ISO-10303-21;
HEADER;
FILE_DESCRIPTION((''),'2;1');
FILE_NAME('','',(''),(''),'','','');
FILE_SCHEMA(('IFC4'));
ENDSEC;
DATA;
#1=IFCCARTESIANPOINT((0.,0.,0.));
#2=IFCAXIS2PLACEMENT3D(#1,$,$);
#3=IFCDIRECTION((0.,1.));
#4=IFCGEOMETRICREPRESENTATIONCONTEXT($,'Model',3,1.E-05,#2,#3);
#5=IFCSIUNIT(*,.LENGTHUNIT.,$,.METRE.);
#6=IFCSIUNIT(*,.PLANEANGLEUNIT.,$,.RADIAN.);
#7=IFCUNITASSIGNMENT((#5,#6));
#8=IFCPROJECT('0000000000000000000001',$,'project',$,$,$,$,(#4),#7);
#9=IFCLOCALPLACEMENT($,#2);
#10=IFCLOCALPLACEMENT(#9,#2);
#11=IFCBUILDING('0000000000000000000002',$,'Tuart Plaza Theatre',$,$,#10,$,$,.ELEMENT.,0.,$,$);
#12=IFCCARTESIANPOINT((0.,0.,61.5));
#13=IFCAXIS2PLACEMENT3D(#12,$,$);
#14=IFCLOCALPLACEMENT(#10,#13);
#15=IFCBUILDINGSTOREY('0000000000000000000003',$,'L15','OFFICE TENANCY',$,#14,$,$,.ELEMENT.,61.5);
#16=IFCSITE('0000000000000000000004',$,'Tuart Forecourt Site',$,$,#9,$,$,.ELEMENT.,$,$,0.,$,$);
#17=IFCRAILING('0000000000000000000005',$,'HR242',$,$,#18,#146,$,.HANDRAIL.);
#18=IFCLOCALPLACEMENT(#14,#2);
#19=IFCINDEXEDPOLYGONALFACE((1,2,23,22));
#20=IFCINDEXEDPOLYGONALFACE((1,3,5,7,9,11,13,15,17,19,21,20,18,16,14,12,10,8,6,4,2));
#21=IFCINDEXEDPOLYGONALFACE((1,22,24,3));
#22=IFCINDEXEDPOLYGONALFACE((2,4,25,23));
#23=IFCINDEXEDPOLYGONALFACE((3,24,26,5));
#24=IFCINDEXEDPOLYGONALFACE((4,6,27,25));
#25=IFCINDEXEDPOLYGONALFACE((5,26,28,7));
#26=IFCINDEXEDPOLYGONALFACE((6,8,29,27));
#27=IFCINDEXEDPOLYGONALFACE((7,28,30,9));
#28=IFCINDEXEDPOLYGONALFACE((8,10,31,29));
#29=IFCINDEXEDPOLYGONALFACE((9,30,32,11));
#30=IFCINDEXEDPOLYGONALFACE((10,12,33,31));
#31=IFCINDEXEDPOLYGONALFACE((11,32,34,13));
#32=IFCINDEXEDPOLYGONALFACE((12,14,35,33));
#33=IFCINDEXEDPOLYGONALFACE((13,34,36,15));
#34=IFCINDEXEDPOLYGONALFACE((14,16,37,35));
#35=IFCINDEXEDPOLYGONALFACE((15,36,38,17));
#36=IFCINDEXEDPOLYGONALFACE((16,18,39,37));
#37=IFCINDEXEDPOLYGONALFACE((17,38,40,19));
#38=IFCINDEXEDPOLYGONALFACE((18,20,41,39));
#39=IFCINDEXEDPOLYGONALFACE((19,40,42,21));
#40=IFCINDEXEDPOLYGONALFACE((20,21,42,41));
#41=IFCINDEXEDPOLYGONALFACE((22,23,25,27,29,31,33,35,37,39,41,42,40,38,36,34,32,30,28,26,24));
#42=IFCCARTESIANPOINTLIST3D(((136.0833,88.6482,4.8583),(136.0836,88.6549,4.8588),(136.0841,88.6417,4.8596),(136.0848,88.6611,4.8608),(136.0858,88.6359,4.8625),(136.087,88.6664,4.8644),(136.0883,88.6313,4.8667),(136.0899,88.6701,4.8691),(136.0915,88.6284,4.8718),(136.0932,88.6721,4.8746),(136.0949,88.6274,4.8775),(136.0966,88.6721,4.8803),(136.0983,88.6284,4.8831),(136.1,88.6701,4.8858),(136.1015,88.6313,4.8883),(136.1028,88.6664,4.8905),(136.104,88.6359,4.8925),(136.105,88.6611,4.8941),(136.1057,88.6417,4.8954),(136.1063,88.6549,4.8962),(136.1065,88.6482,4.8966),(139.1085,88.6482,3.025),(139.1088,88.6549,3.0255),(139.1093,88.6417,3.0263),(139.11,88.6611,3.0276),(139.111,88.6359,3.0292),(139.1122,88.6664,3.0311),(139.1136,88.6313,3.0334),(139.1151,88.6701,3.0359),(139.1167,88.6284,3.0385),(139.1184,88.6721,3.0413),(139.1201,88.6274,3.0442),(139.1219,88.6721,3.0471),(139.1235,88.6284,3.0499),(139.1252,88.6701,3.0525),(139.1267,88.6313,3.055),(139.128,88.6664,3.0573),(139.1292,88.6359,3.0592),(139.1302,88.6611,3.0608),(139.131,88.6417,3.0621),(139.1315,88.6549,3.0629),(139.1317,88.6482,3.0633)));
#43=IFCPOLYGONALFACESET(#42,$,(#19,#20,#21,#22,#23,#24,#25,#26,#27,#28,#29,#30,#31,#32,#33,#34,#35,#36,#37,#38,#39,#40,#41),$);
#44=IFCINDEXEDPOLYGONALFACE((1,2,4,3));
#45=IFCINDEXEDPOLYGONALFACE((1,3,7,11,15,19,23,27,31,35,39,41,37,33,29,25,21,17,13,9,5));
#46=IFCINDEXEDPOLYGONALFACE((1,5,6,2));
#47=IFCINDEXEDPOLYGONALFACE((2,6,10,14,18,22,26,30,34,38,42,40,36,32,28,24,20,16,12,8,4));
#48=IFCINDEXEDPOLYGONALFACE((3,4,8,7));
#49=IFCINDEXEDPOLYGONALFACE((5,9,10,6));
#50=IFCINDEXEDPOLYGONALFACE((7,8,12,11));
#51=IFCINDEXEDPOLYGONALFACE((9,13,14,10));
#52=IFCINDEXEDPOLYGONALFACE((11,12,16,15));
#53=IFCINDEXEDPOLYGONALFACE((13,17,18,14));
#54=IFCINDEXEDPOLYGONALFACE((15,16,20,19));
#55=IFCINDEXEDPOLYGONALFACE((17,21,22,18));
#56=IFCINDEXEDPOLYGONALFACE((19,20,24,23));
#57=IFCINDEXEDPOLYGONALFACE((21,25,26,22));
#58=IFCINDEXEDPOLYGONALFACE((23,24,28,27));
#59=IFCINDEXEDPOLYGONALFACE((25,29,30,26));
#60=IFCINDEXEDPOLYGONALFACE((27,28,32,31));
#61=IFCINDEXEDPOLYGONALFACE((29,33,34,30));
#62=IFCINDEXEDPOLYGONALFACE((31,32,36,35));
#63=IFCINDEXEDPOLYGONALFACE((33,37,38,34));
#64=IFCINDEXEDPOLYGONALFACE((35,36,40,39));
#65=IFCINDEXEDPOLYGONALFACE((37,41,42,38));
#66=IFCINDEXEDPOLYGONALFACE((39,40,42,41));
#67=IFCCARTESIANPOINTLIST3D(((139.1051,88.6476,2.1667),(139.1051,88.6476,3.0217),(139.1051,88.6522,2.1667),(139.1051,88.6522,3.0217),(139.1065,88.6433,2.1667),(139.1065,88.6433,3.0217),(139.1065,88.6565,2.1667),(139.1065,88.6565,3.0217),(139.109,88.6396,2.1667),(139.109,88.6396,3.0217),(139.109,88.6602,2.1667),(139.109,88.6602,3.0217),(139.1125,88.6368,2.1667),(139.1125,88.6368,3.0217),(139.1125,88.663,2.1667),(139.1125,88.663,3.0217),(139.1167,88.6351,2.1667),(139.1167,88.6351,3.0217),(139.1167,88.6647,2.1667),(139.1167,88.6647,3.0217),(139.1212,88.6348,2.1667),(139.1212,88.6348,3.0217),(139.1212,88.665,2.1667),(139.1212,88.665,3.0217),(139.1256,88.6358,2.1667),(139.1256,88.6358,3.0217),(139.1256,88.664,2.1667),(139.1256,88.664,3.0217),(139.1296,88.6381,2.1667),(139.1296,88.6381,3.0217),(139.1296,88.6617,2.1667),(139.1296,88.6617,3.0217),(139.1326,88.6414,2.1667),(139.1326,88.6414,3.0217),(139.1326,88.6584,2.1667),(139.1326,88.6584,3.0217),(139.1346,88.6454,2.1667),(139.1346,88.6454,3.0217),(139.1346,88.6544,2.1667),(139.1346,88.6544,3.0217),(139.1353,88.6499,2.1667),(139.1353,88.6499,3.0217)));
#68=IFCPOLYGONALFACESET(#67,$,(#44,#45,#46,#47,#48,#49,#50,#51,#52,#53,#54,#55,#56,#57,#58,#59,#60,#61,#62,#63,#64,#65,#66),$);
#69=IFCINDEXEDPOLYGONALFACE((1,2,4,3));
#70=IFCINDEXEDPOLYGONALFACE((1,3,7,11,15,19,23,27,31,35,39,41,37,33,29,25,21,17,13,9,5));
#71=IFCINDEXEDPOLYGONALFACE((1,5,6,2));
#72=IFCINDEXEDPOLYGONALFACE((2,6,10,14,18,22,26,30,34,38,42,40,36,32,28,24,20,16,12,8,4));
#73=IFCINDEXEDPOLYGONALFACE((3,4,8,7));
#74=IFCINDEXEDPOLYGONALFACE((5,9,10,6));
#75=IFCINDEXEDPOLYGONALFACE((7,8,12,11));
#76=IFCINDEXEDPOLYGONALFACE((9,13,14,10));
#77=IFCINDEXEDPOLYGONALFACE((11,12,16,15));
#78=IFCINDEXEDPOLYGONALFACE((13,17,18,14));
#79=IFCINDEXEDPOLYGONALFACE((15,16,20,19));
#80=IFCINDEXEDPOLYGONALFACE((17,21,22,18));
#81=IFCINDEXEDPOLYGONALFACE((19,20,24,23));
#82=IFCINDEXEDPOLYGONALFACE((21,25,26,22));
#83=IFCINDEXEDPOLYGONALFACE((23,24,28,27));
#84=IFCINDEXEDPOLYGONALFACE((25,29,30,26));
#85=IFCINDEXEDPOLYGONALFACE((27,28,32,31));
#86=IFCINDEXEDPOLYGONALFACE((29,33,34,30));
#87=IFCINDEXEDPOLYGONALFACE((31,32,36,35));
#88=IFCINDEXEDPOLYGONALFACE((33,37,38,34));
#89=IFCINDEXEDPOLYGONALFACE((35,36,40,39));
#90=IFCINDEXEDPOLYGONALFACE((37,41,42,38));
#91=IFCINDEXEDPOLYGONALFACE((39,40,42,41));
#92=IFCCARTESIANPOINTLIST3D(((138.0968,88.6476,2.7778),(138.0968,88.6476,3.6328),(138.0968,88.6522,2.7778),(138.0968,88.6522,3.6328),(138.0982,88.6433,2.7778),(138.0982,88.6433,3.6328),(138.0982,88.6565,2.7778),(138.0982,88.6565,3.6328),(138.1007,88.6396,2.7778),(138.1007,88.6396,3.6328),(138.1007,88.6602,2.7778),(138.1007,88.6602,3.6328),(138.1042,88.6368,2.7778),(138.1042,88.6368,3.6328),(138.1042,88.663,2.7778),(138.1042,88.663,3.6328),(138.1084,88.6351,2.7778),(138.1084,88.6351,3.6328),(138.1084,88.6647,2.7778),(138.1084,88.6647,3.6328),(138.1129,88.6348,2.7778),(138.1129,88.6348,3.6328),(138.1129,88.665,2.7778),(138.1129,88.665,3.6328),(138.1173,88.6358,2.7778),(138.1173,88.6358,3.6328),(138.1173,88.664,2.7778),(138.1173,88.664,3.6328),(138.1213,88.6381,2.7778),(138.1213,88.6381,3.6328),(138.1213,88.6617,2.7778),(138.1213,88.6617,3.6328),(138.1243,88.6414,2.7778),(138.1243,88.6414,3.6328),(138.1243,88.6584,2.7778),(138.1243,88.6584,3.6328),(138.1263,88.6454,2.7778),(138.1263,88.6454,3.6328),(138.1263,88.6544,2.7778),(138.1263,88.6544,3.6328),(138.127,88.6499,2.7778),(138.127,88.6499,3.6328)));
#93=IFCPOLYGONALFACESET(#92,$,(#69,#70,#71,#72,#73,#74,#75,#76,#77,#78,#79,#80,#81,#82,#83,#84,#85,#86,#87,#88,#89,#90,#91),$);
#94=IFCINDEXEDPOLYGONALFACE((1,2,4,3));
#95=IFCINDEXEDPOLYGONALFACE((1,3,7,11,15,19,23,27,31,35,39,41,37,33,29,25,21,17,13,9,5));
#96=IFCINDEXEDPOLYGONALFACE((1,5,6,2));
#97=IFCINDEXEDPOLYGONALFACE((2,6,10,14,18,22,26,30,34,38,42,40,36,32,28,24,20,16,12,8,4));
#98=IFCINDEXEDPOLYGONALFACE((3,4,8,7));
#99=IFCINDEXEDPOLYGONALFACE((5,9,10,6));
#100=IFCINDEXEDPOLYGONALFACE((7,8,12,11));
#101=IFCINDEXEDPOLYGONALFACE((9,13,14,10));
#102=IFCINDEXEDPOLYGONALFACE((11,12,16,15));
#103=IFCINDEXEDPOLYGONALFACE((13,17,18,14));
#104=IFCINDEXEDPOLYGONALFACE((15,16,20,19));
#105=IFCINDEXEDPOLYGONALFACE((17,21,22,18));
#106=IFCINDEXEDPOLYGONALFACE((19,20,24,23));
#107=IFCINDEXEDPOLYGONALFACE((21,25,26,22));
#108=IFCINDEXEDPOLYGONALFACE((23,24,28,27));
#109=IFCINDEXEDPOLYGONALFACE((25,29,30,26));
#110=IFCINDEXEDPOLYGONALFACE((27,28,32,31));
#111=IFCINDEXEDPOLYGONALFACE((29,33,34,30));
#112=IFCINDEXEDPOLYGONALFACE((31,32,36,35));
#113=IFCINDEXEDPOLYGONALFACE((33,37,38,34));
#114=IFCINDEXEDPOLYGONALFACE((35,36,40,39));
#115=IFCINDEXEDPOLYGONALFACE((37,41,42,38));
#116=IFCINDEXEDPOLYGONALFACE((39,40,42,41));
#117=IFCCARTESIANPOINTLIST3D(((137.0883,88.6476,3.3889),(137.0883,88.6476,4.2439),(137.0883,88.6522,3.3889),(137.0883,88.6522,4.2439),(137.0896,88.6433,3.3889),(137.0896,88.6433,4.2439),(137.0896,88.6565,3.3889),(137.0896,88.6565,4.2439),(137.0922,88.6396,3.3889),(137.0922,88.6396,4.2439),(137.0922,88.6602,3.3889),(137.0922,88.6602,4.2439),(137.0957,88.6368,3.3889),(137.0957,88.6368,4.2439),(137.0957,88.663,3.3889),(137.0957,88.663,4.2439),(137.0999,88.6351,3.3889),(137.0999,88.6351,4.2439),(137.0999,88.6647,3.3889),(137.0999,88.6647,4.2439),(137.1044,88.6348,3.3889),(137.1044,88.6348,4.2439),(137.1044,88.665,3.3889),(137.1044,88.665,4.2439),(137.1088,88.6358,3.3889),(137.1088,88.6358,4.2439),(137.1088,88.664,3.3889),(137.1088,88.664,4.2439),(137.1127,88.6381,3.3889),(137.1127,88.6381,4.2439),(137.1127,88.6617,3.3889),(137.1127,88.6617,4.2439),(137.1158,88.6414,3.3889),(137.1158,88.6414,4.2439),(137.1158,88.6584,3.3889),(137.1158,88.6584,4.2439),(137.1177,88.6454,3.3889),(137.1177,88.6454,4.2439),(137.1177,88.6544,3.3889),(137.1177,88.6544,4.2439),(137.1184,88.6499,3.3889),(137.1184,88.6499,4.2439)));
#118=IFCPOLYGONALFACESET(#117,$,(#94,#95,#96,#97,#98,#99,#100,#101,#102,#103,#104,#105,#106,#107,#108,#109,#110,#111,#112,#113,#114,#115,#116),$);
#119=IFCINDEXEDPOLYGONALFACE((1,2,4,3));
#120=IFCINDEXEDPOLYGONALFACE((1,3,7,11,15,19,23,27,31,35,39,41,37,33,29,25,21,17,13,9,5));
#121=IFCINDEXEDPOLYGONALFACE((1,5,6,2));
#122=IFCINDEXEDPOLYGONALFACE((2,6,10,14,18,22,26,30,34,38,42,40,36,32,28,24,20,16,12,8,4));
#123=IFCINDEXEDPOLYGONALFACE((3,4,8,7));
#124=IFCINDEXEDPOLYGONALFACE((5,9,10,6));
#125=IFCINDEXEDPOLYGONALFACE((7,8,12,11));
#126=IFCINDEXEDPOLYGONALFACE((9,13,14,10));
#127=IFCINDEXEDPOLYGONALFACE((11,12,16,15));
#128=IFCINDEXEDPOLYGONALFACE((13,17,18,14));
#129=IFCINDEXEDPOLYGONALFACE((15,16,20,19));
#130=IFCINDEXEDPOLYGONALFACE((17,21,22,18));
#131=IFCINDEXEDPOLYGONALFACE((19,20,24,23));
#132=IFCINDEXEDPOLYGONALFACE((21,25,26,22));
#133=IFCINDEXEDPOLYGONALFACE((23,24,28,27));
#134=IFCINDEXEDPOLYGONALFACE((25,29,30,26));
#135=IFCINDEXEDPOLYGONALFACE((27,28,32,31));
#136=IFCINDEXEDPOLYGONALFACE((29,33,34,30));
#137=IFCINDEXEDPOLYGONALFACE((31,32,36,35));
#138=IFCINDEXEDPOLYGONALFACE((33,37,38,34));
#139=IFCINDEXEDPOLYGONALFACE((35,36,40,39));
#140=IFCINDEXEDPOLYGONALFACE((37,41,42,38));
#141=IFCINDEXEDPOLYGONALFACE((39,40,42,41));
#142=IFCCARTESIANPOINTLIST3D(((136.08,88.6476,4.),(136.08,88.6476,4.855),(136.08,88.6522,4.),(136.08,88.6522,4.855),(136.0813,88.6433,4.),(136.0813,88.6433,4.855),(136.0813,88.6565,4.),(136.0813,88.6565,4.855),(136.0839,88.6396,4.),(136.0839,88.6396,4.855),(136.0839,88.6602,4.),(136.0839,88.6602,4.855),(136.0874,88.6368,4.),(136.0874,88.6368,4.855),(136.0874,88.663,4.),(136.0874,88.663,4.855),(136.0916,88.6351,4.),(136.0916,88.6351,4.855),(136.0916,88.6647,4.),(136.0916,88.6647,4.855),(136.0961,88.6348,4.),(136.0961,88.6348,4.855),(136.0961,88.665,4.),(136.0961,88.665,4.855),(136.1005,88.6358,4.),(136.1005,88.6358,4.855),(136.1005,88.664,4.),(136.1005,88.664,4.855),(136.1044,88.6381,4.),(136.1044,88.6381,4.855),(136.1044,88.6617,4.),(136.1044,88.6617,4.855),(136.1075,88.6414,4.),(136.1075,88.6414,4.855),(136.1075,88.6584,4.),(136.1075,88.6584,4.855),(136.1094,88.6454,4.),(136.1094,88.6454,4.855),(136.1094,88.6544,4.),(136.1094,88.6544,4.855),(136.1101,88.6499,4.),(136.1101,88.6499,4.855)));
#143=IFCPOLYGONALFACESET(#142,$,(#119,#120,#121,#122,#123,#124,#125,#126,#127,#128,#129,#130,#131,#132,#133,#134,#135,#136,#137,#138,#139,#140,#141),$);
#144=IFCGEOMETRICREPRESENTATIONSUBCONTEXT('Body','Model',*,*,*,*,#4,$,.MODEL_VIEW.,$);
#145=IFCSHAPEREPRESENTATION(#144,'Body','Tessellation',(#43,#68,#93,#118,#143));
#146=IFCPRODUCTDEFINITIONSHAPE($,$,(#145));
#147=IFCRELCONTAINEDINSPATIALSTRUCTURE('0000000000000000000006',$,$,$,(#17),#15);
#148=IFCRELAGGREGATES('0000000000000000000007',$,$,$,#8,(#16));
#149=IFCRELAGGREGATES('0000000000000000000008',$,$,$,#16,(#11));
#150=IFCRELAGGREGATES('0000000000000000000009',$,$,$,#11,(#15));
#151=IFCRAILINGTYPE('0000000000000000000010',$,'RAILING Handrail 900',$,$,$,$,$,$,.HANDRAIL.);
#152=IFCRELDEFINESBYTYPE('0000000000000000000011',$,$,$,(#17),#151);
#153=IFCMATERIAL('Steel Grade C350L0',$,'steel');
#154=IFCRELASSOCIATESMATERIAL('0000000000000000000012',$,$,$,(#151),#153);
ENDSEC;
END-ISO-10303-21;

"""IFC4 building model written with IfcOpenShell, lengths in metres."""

from ifc_helpers import new_model, si_unit, direction, frame, origin, origin_2d, place, context, subcontext, project, spatial, circle, extrude, material, type_object, element, save


model = new_model("IFC4")

# Units and contexts
model_context = context("Model", 3, precision=1e-05, world=origin(), true_north=direction((0.0, 1.0)))
body_context = subcontext(model_context, "Body", "Model", "MODEL_VIEW")
ifc_project = project(units=[si_unit("LENGTHUNIT", "METRE"), si_unit("PLANEANGLEUNIT", "RADIAN")], contexts=[model_context])

# Site, building, storey
site_placement = place(None, origin())
site = spatial("IfcSite", under=ifc_project, at=site_placement, Name="Tuart Forecourt Site", CompositionType="ELEMENT", RefElevation=0.0)
building_placement = place(site_placement, origin())
building = spatial("IfcBuilding", under=site, at=building_placement, Name="Tuart Plaza Theatre", CompositionType="ELEMENT", ElevationOfRefHeight=0.0)
storey_placement = place(building_placement, frame((0.0, 0.0, 61.5)))
storey = spatial("IfcBuildingStorey", under=building, at=storey_placement, Name="L15", Description="OFFICE TENANCY", CompositionType="ELEMENT", Elevation=61.5)

# Railing
ifc_material_1 = material(Name="Steel Grade C350L0", Category="steel")
railing_type_1 = type_object("IfcRailingType", Name="RAILING Handrail 900", PredefinedType="HANDRAIL", material=ifc_material_1)
for number, where, name in (
    (1, (139.1201, 88.6499, 2.1667), "HR242"),
):
    element("IfcRailing", number, at=place(storey_placement, frame(where)), inside=storey, type_object=railing_type_1, Name=name, PredefinedType="HANDRAIL", context=body_context, shape_type="SweptSolid", body=[
        extrude(circle(Radius=0.0225, at=origin_2d()), frame((0.0, 0.0, 0.8774), z_axis=(-0.855219, 0.0, 0.518267), x_axis=(0.0, -1.0, 0.0)), (0.0, 0.0, 1.0), 3.5374),
        extrude(circle(Radius=0.0151, at=origin_2d()), origin(), (0.0, 0.0, 1.0), 0.855),
        extrude(circle(Radius=0.0151, at=origin_2d()), frame((-1.0083, 0.0, 0.6111)), (0.0, 0.0, 1.0), 0.855),
        extrude(circle(Radius=0.0151, at=origin_2d()), frame((-2.0168, 0.0, 1.2222)), (0.0, 0.0, 1.0), 0.855),
        extrude(circle(Radius=0.0151, at=origin_2d()), frame((-3.0251, 0.0, 1.8333)), (0.0, 0.0, 1.0), 0.855),
    ])

save(model, "model.ifc")
